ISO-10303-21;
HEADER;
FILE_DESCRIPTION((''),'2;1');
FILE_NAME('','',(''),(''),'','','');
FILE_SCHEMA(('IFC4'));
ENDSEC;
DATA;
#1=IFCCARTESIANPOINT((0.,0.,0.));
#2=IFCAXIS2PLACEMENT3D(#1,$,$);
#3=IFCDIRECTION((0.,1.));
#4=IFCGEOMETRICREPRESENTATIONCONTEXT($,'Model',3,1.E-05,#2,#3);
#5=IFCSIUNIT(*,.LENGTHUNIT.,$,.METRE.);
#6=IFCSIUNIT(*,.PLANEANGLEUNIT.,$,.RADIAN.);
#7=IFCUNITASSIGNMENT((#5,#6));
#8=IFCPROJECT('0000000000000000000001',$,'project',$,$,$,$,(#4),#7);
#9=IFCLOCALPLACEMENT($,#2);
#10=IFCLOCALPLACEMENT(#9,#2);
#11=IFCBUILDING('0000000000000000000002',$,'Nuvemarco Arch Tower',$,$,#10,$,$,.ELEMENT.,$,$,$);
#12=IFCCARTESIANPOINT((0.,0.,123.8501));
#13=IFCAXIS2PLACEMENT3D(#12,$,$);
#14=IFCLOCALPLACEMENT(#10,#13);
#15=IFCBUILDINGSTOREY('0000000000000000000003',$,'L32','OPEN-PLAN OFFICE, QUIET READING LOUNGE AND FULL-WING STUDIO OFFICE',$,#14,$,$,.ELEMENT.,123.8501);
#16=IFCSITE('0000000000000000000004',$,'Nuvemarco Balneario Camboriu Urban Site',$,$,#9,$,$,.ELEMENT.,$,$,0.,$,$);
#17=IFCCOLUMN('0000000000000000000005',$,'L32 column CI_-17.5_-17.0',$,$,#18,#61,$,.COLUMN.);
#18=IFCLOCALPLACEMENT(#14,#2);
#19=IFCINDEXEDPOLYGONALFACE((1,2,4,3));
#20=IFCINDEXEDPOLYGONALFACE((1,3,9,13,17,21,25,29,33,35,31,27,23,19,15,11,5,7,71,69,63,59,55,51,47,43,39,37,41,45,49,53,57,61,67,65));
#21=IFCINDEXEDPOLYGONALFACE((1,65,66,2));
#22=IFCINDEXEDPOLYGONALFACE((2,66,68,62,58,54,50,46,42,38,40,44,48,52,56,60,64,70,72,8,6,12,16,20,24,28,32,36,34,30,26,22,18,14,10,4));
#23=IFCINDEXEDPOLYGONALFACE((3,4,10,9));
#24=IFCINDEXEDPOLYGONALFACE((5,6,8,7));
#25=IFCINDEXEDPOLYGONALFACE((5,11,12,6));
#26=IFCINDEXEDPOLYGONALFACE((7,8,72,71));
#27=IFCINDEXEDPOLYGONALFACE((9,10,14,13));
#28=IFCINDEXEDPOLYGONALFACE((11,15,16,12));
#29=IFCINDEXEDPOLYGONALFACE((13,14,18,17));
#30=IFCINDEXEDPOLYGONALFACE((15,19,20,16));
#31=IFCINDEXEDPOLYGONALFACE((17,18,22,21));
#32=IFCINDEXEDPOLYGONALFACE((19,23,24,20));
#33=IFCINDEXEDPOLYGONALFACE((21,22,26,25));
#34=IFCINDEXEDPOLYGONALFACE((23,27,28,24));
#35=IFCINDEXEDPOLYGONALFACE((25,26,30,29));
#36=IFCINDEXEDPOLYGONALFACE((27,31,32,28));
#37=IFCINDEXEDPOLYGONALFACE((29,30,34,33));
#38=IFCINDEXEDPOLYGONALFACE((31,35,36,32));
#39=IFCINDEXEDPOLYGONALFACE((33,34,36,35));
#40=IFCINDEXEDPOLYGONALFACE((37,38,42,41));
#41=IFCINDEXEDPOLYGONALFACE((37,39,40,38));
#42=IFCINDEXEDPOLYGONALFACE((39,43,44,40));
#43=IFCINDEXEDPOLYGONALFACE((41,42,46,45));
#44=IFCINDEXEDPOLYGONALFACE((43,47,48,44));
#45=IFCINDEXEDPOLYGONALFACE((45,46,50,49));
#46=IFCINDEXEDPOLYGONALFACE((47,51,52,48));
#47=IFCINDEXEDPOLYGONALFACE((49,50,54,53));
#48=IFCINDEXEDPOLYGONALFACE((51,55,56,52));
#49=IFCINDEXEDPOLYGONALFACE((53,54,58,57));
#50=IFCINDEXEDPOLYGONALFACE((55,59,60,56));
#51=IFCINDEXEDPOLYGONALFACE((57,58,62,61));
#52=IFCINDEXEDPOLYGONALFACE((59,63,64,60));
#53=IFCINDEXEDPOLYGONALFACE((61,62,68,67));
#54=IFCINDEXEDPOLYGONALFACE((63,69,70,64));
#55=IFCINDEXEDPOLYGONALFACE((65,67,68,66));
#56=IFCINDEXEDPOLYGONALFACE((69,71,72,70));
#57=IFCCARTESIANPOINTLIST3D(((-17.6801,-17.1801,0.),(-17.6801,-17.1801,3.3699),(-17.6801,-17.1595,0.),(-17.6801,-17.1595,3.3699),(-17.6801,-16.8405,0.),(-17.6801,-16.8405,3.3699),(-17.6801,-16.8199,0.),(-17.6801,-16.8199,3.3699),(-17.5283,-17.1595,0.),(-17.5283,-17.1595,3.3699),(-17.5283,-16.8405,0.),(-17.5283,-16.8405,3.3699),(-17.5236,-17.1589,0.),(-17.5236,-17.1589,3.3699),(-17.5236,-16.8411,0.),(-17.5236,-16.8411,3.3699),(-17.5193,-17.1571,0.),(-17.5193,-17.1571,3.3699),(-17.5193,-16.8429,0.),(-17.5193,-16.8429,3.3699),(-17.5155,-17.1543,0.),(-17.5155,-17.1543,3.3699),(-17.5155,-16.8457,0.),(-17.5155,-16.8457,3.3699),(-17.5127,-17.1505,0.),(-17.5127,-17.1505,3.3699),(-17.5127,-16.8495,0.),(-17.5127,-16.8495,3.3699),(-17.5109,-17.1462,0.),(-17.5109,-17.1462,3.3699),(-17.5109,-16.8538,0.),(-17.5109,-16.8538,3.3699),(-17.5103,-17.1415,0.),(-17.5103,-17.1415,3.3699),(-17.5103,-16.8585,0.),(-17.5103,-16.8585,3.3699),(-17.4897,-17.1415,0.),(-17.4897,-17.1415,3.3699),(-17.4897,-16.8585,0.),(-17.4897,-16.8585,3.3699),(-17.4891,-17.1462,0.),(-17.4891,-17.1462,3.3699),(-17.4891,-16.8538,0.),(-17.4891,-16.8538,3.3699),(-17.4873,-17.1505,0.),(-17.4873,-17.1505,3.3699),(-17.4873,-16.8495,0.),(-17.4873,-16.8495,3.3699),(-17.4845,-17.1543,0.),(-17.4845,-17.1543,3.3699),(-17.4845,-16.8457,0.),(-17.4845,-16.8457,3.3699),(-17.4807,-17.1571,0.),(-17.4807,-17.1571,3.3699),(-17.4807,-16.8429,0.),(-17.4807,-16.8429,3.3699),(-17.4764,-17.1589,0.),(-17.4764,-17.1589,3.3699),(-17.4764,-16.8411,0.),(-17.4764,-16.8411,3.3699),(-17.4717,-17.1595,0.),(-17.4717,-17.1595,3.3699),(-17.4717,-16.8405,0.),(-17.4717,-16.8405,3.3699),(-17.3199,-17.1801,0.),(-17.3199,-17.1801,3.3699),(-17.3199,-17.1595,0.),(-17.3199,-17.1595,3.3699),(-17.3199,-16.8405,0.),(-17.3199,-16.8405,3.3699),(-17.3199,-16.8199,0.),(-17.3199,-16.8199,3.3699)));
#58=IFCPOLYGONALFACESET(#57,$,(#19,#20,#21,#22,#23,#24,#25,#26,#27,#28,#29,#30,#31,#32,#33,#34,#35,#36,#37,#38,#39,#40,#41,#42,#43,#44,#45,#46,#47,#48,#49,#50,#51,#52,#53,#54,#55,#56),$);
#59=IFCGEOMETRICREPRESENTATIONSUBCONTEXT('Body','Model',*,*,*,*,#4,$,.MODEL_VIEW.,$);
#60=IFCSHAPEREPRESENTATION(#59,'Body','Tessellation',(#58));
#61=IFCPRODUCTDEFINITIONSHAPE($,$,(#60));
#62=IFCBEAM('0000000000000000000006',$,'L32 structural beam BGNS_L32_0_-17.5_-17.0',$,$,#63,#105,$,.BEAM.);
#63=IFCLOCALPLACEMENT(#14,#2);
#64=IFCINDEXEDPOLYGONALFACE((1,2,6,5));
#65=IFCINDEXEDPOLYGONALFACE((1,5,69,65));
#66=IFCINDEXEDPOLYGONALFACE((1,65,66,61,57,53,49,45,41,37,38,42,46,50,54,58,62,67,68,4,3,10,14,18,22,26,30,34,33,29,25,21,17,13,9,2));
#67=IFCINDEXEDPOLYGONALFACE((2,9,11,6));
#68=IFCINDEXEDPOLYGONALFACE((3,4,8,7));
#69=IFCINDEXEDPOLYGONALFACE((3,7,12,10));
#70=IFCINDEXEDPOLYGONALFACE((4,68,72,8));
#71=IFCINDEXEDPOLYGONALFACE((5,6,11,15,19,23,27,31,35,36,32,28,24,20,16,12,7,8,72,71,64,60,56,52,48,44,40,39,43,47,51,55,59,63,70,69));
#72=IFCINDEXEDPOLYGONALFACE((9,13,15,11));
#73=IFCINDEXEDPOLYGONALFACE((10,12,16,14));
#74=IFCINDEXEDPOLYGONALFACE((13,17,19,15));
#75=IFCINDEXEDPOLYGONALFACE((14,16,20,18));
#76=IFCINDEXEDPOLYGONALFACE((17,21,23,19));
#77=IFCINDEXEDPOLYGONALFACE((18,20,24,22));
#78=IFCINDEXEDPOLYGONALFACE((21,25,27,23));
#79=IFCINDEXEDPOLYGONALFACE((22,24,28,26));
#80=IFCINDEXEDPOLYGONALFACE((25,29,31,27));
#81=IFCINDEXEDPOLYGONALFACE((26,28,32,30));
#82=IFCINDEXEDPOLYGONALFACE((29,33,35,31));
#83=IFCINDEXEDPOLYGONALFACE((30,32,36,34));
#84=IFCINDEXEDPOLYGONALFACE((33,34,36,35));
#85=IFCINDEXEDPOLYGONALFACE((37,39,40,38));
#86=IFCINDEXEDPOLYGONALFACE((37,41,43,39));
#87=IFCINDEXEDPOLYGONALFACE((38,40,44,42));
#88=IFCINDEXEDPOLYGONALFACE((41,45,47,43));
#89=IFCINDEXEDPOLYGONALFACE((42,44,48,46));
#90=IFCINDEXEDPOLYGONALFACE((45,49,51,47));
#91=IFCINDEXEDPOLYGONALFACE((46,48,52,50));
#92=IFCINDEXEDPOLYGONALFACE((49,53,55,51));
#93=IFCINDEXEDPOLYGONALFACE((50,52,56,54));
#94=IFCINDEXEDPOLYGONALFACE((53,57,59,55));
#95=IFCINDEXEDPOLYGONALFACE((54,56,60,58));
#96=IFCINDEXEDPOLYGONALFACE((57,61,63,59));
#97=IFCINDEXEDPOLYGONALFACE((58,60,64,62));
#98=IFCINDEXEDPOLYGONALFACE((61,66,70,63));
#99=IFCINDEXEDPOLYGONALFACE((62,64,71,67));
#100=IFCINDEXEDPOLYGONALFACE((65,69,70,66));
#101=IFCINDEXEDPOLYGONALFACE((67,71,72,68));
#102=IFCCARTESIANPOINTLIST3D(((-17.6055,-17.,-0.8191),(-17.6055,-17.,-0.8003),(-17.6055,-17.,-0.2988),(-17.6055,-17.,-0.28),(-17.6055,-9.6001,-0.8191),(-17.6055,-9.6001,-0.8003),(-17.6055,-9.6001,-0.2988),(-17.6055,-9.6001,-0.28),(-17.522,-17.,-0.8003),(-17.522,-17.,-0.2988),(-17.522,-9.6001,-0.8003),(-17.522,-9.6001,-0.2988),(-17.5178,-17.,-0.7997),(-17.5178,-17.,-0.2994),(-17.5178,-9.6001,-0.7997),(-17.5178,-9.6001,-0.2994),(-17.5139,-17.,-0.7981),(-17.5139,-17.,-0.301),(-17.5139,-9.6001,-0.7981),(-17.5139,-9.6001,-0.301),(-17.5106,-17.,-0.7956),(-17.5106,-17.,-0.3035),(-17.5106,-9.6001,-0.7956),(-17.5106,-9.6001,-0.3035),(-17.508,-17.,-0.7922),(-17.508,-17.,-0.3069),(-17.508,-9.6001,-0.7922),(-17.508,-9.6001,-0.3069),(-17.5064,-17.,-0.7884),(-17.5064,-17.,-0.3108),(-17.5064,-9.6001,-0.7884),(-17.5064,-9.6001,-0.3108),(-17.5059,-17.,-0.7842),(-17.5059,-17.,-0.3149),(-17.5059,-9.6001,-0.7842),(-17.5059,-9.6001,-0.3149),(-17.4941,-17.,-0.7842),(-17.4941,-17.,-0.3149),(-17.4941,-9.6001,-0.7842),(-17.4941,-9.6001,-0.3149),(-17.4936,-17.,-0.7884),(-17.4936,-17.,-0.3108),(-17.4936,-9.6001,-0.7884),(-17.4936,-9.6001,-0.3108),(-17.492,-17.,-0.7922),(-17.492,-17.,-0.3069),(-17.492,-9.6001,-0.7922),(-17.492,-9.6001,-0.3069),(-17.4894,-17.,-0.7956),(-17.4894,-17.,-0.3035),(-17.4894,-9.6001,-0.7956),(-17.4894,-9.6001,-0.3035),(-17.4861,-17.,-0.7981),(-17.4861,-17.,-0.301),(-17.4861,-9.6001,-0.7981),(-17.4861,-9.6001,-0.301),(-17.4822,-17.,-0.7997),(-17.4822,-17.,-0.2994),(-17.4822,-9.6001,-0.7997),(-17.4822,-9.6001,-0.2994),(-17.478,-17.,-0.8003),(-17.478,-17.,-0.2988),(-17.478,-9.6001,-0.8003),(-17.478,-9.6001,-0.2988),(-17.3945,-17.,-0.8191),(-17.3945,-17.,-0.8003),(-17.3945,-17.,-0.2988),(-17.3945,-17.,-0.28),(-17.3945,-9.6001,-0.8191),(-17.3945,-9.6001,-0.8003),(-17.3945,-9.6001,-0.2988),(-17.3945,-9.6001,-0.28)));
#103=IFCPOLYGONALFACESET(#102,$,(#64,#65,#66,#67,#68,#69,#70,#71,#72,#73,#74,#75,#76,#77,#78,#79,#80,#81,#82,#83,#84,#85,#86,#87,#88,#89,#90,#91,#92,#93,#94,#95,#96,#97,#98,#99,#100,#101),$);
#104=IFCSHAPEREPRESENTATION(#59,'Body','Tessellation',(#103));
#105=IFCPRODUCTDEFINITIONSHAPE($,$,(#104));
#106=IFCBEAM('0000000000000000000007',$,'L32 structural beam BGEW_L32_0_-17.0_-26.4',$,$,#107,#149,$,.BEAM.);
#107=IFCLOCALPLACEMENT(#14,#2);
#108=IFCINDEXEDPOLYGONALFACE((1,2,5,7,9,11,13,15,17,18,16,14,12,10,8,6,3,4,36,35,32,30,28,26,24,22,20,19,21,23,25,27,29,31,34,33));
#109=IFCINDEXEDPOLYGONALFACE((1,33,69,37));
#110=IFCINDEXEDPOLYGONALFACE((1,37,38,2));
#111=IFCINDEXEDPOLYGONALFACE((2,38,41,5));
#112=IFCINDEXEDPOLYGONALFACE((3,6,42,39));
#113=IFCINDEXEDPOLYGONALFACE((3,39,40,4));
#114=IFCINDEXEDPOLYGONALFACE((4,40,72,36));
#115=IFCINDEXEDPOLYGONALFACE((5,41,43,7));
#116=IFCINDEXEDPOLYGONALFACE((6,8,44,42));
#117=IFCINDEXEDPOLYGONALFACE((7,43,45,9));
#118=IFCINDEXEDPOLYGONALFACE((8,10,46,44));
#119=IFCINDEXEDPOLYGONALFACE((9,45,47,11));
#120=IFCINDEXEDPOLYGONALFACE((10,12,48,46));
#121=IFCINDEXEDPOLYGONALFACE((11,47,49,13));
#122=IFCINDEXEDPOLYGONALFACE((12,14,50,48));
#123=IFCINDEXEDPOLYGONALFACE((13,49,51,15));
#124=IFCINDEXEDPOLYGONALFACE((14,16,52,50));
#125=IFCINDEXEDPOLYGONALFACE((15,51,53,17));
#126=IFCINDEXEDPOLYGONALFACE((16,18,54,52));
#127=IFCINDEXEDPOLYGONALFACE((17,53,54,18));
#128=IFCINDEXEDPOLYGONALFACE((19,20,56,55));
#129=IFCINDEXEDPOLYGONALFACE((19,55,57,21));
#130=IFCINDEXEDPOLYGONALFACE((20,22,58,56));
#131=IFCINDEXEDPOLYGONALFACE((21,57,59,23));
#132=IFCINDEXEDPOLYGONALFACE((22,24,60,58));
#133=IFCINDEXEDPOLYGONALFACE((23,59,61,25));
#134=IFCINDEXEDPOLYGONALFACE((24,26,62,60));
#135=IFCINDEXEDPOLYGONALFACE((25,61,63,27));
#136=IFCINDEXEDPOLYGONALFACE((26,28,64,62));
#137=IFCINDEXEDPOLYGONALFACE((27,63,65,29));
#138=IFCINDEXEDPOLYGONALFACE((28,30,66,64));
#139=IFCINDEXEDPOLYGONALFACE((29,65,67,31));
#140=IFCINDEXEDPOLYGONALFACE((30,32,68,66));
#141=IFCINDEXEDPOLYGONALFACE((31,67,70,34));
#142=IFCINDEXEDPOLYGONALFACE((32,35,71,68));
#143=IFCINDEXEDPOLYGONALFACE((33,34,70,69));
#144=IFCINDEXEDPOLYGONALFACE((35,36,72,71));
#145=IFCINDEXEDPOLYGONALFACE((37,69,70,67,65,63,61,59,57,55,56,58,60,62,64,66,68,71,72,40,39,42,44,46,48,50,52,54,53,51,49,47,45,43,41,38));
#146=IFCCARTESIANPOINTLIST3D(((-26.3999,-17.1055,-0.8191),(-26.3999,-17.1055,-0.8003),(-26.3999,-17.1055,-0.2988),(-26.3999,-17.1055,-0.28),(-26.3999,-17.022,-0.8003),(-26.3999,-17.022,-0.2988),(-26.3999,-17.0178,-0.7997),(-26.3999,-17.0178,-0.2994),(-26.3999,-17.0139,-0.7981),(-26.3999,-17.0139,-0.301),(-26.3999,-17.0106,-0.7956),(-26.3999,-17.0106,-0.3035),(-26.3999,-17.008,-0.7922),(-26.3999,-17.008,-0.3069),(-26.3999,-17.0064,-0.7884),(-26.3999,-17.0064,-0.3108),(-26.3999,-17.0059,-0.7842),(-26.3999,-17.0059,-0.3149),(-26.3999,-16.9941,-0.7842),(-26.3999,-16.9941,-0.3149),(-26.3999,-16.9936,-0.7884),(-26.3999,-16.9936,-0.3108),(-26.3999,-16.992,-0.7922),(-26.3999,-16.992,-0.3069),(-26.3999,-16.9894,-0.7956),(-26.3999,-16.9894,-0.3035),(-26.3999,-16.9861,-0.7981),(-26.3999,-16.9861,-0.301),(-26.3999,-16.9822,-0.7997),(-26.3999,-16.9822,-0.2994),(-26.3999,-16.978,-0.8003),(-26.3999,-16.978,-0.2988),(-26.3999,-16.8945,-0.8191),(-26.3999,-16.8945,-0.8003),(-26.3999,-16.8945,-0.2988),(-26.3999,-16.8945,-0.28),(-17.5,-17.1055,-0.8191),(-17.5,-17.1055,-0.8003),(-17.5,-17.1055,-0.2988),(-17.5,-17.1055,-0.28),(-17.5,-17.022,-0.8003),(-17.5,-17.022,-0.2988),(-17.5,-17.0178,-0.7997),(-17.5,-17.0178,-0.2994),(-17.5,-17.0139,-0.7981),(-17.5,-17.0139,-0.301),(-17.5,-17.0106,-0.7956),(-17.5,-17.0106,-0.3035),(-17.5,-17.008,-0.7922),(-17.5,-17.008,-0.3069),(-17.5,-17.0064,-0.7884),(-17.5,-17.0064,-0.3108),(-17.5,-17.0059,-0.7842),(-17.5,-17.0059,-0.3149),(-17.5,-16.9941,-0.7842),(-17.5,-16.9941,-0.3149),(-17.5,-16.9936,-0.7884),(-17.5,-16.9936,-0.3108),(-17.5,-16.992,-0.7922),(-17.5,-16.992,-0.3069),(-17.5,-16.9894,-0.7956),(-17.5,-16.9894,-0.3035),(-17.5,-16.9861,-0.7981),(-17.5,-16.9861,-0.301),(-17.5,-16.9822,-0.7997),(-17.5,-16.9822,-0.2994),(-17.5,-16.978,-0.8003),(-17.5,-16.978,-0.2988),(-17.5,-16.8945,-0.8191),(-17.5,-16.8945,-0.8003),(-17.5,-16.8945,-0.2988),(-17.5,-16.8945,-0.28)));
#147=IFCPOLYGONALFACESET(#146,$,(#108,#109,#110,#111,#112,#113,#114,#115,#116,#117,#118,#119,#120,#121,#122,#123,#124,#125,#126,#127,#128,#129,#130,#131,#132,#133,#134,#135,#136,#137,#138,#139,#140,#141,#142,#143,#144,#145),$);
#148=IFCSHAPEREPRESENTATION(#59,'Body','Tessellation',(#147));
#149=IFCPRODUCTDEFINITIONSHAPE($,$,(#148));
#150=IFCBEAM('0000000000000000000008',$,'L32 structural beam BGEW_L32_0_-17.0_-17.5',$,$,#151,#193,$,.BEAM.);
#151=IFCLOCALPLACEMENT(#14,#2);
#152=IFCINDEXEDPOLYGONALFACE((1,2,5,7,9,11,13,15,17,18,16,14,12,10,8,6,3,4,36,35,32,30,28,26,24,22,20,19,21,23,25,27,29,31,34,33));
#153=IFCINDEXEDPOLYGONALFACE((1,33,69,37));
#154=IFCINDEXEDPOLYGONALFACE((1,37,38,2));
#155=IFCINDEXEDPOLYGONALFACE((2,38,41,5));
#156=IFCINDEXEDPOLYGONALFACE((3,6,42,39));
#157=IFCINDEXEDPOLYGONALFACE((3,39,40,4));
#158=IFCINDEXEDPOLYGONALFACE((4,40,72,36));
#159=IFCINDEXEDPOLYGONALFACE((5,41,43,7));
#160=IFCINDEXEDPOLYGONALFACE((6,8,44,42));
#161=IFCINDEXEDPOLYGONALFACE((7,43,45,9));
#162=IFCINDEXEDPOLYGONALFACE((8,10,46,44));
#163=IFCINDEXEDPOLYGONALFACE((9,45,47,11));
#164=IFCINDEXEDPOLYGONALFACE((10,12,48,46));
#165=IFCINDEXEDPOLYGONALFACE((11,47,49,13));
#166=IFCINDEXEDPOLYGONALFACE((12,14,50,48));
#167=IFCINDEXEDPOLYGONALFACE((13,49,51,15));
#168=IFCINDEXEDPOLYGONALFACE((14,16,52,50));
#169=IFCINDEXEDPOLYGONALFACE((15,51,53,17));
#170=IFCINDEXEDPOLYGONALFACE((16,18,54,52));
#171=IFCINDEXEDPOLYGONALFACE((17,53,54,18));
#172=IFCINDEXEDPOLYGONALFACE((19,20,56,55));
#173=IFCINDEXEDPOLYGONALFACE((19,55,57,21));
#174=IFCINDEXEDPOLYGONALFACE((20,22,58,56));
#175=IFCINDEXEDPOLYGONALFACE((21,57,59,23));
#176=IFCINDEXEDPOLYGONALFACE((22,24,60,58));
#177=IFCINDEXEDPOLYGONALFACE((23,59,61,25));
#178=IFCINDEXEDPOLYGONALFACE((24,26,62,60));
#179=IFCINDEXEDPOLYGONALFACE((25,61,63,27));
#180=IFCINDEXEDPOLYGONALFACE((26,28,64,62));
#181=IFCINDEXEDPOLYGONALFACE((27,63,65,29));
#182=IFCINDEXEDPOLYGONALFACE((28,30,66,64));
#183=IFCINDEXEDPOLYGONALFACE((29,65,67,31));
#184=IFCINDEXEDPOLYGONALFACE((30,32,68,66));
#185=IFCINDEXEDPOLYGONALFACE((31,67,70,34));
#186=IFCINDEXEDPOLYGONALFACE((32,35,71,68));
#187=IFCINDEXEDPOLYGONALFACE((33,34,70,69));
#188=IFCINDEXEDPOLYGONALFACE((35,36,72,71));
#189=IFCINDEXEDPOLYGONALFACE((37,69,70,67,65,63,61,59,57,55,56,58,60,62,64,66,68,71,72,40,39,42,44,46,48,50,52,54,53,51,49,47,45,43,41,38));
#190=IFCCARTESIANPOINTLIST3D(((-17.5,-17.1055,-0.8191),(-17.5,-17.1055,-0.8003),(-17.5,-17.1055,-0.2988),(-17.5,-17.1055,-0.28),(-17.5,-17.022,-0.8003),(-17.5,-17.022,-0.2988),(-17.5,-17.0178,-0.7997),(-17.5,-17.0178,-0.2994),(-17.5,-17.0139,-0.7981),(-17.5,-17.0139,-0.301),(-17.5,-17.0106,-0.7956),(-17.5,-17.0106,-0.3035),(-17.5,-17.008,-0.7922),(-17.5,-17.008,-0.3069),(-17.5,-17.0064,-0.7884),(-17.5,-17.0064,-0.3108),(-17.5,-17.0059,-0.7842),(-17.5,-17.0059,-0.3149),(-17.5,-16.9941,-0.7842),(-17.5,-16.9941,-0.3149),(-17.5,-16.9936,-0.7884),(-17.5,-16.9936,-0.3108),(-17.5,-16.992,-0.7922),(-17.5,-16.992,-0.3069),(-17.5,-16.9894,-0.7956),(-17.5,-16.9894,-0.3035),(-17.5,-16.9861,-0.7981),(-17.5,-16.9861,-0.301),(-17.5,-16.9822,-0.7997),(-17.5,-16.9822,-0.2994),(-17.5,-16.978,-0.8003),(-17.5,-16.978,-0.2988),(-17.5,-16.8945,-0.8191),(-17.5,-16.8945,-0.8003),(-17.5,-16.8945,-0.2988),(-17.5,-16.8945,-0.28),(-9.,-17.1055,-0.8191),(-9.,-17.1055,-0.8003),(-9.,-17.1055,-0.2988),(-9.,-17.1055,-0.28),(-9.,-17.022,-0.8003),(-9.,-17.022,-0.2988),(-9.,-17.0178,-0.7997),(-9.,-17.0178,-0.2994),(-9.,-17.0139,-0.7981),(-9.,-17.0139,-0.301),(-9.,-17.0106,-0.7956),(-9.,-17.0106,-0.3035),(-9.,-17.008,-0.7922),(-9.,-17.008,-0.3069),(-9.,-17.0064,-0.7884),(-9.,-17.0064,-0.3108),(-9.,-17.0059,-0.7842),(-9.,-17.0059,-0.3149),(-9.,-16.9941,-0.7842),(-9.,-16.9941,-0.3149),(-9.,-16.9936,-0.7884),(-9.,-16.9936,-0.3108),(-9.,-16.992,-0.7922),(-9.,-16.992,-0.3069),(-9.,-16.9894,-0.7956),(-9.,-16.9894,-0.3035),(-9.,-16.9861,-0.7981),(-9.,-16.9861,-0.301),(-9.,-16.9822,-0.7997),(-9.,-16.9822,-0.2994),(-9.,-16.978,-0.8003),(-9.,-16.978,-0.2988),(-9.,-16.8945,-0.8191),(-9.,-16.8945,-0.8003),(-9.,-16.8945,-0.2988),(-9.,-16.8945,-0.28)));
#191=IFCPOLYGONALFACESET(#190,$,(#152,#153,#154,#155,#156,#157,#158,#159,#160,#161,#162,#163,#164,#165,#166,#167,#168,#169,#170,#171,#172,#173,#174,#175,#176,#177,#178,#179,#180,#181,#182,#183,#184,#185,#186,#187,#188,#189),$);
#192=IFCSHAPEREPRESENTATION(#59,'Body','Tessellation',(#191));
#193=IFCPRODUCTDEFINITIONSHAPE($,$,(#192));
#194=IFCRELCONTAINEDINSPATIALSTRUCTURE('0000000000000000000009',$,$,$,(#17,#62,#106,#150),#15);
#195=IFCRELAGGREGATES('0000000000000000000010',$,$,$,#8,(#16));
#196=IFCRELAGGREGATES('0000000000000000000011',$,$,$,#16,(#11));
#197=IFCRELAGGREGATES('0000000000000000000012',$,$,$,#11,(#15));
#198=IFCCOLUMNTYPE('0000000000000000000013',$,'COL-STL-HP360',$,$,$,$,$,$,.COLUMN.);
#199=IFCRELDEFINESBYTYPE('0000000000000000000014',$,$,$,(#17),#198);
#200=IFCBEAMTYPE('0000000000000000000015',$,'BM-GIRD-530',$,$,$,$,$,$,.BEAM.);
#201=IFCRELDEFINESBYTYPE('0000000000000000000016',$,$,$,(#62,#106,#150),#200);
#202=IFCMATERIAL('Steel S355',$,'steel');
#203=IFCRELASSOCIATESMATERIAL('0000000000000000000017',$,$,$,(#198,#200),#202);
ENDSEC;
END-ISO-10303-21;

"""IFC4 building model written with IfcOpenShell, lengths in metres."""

from ifc_helpers import new_model, si_unit, direction, frame, origin, origin_2d, place, context, subcontext, project, spatial, i_section, extrude, material, material_profile, profile_set, type_object, element, save


model = new_model("IFC4")

# Units and contexts
model_context = context("Model", 3, precision=1e-05, world=origin(), true_north=direction((0.0, 1.0)))
body_context = subcontext(model_context, "Body", "Model", "MODEL_VIEW")
ifc_project = project(units=[si_unit("LENGTHUNIT", "METRE"), si_unit("PLANEANGLEUNIT", "RADIAN")], contexts=[model_context])

# Site, building, storey
site_placement = place(None, origin())
site = spatial("IfcSite", under=ifc_project, at=site_placement, Name="Nuvemarco Balneario Camboriu Urban Site", CompositionType="ELEMENT", RefElevation=0.0)
building_placement = place(site_placement, origin())
building = spatial("IfcBuilding", under=site, at=building_placement, Name="Nuvemarco Arch Tower", CompositionType="ELEMENT")
storey_placement = place(building_placement, frame((0.0, 0.0, 123.8501)))
storey = spatial("IfcBuildingStorey", under=building, at=storey_placement, Name="L32", Description="OPEN-PLAN OFFICE, QUIET READING LOUNGE AND FULL-WING STUDIO OFFICE", CompositionType="ELEMENT", Elevation=123.8501)

# Column
ifc_material_1 = material(Name="Steel S355", Category="steel")
ifc_material_profile_1 = material_profile(ifc_material_1, i_section(OverallWidth=0.3601, OverallDepth=0.3601, WebThickness=0.0205, FlangeThickness=0.0205, FilletRadius=0.0181, at=origin_2d()), Name="HP360x174")
ifc_profile_set_1 = profile_set([ifc_material_profile_1], Name="Steel S355")
column_type = type_object("IfcColumnType", Name="COL-STL-HP360", PredefinedType="COLUMN", material=ifc_profile_set_1)
column_placement = place(storey_placement, frame((-17.5, -17.0, 0.0), z_axis=(0.0, 0.0, 1.0), x_axis=(1.0, 0.0, 0.0)))
element("IfcColumn", 1, at=column_placement, inside=storey, type_object=column_type, Name="L32 column CI_-17.5_-17.0", PredefinedType="COLUMN", context=body_context, shape_type="SweptSolid", body=[
    extrude(i_section(OverallWidth=0.3601, OverallDepth=0.3601, WebThickness=0.0205, FlangeThickness=0.0205, FilletRadius=0.0181, at=origin_2d()), origin(), (0.0, 0.0, 1.0), 3.3699),
])

# Beams
ifc_material_profile_2 = material_profile(ifc_material_1, i_section(OverallWidth=0.2109, OverallDepth=0.5391, WebThickness=0.0117, FlangeThickness=0.0188, FilletRadius=0.0161, at=origin_2d()), Name="W530x109")
ifc_profile_set_2 = profile_set([ifc_material_profile_2], Name="Steel S355")
beam_type_1 = type_object("IfcBeamType", Name="BM-GIRD-530", PredefinedType="BEAM", material=ifc_profile_set_2)
beam_1_placement = place(storey_placement, frame((-17.5, -17.0, -0.5496), z_axis=(0.0, 1.0, 0.0), x_axis=(-1.0, 0.0, 0.0)))
element("IfcBeam", 2, at=beam_1_placement, inside=storey, type_object=beam_type_1, Name="L32 structural beam BGNS_L32_0_-17.5_-17.0", PredefinedType="BEAM", context=body_context, shape_type="SweptSolid", body=[
    extrude(i_section(OverallWidth=0.2109, OverallDepth=0.5391, WebThickness=0.0117, FlangeThickness=0.0188, FilletRadius=0.0161, at=origin_2d()), origin(), (0.0, 0.0, 1.0), 7.3999),
])
beam_2_placement = place(storey_placement, frame((-26.3999, -17.0, -0.5496), z_axis=(1.0, 0.0, 0.0), x_axis=(0.0, 1.0, 0.0)))
element("IfcBeam", 3, at=beam_2_placement, inside=storey, type_object=beam_type_1, Name="L32 structural beam BGEW_L32_0_-17.0_-26.4", PredefinedType="BEAM", context=body_context, shape_type="SweptSolid", body=[
    extrude(i_section(OverallWidth=0.2109, OverallDepth=0.5391, WebThickness=0.0117, FlangeThickness=0.0188, FilletRadius=0.0161, at=origin_2d()), origin(), (0.0, 0.0, 1.0), 8.8999),
])
beam_3_placement = place(storey_placement, frame((-17.5, -17.0, -0.5496), z_axis=(1.0, 0.0, 0.0), x_axis=(0.0, 1.0, 0.0)))
element("IfcBeam", 4, at=beam_3_placement, inside=storey, type_object=beam_type_1, Name="L32 structural beam BGEW_L32_0_-17.0_-17.5", PredefinedType="BEAM", context=body_context, shape_type="SweptSolid", body=[
    extrude(i_section(OverallWidth=0.2109, OverallDepth=0.5391, WebThickness=0.0117, FlangeThickness=0.0188, FilletRadius=0.0161, at=origin_2d()), origin(), (0.0, 0.0, 1.0), 8.5),
])

save(model, "model.ifc")
